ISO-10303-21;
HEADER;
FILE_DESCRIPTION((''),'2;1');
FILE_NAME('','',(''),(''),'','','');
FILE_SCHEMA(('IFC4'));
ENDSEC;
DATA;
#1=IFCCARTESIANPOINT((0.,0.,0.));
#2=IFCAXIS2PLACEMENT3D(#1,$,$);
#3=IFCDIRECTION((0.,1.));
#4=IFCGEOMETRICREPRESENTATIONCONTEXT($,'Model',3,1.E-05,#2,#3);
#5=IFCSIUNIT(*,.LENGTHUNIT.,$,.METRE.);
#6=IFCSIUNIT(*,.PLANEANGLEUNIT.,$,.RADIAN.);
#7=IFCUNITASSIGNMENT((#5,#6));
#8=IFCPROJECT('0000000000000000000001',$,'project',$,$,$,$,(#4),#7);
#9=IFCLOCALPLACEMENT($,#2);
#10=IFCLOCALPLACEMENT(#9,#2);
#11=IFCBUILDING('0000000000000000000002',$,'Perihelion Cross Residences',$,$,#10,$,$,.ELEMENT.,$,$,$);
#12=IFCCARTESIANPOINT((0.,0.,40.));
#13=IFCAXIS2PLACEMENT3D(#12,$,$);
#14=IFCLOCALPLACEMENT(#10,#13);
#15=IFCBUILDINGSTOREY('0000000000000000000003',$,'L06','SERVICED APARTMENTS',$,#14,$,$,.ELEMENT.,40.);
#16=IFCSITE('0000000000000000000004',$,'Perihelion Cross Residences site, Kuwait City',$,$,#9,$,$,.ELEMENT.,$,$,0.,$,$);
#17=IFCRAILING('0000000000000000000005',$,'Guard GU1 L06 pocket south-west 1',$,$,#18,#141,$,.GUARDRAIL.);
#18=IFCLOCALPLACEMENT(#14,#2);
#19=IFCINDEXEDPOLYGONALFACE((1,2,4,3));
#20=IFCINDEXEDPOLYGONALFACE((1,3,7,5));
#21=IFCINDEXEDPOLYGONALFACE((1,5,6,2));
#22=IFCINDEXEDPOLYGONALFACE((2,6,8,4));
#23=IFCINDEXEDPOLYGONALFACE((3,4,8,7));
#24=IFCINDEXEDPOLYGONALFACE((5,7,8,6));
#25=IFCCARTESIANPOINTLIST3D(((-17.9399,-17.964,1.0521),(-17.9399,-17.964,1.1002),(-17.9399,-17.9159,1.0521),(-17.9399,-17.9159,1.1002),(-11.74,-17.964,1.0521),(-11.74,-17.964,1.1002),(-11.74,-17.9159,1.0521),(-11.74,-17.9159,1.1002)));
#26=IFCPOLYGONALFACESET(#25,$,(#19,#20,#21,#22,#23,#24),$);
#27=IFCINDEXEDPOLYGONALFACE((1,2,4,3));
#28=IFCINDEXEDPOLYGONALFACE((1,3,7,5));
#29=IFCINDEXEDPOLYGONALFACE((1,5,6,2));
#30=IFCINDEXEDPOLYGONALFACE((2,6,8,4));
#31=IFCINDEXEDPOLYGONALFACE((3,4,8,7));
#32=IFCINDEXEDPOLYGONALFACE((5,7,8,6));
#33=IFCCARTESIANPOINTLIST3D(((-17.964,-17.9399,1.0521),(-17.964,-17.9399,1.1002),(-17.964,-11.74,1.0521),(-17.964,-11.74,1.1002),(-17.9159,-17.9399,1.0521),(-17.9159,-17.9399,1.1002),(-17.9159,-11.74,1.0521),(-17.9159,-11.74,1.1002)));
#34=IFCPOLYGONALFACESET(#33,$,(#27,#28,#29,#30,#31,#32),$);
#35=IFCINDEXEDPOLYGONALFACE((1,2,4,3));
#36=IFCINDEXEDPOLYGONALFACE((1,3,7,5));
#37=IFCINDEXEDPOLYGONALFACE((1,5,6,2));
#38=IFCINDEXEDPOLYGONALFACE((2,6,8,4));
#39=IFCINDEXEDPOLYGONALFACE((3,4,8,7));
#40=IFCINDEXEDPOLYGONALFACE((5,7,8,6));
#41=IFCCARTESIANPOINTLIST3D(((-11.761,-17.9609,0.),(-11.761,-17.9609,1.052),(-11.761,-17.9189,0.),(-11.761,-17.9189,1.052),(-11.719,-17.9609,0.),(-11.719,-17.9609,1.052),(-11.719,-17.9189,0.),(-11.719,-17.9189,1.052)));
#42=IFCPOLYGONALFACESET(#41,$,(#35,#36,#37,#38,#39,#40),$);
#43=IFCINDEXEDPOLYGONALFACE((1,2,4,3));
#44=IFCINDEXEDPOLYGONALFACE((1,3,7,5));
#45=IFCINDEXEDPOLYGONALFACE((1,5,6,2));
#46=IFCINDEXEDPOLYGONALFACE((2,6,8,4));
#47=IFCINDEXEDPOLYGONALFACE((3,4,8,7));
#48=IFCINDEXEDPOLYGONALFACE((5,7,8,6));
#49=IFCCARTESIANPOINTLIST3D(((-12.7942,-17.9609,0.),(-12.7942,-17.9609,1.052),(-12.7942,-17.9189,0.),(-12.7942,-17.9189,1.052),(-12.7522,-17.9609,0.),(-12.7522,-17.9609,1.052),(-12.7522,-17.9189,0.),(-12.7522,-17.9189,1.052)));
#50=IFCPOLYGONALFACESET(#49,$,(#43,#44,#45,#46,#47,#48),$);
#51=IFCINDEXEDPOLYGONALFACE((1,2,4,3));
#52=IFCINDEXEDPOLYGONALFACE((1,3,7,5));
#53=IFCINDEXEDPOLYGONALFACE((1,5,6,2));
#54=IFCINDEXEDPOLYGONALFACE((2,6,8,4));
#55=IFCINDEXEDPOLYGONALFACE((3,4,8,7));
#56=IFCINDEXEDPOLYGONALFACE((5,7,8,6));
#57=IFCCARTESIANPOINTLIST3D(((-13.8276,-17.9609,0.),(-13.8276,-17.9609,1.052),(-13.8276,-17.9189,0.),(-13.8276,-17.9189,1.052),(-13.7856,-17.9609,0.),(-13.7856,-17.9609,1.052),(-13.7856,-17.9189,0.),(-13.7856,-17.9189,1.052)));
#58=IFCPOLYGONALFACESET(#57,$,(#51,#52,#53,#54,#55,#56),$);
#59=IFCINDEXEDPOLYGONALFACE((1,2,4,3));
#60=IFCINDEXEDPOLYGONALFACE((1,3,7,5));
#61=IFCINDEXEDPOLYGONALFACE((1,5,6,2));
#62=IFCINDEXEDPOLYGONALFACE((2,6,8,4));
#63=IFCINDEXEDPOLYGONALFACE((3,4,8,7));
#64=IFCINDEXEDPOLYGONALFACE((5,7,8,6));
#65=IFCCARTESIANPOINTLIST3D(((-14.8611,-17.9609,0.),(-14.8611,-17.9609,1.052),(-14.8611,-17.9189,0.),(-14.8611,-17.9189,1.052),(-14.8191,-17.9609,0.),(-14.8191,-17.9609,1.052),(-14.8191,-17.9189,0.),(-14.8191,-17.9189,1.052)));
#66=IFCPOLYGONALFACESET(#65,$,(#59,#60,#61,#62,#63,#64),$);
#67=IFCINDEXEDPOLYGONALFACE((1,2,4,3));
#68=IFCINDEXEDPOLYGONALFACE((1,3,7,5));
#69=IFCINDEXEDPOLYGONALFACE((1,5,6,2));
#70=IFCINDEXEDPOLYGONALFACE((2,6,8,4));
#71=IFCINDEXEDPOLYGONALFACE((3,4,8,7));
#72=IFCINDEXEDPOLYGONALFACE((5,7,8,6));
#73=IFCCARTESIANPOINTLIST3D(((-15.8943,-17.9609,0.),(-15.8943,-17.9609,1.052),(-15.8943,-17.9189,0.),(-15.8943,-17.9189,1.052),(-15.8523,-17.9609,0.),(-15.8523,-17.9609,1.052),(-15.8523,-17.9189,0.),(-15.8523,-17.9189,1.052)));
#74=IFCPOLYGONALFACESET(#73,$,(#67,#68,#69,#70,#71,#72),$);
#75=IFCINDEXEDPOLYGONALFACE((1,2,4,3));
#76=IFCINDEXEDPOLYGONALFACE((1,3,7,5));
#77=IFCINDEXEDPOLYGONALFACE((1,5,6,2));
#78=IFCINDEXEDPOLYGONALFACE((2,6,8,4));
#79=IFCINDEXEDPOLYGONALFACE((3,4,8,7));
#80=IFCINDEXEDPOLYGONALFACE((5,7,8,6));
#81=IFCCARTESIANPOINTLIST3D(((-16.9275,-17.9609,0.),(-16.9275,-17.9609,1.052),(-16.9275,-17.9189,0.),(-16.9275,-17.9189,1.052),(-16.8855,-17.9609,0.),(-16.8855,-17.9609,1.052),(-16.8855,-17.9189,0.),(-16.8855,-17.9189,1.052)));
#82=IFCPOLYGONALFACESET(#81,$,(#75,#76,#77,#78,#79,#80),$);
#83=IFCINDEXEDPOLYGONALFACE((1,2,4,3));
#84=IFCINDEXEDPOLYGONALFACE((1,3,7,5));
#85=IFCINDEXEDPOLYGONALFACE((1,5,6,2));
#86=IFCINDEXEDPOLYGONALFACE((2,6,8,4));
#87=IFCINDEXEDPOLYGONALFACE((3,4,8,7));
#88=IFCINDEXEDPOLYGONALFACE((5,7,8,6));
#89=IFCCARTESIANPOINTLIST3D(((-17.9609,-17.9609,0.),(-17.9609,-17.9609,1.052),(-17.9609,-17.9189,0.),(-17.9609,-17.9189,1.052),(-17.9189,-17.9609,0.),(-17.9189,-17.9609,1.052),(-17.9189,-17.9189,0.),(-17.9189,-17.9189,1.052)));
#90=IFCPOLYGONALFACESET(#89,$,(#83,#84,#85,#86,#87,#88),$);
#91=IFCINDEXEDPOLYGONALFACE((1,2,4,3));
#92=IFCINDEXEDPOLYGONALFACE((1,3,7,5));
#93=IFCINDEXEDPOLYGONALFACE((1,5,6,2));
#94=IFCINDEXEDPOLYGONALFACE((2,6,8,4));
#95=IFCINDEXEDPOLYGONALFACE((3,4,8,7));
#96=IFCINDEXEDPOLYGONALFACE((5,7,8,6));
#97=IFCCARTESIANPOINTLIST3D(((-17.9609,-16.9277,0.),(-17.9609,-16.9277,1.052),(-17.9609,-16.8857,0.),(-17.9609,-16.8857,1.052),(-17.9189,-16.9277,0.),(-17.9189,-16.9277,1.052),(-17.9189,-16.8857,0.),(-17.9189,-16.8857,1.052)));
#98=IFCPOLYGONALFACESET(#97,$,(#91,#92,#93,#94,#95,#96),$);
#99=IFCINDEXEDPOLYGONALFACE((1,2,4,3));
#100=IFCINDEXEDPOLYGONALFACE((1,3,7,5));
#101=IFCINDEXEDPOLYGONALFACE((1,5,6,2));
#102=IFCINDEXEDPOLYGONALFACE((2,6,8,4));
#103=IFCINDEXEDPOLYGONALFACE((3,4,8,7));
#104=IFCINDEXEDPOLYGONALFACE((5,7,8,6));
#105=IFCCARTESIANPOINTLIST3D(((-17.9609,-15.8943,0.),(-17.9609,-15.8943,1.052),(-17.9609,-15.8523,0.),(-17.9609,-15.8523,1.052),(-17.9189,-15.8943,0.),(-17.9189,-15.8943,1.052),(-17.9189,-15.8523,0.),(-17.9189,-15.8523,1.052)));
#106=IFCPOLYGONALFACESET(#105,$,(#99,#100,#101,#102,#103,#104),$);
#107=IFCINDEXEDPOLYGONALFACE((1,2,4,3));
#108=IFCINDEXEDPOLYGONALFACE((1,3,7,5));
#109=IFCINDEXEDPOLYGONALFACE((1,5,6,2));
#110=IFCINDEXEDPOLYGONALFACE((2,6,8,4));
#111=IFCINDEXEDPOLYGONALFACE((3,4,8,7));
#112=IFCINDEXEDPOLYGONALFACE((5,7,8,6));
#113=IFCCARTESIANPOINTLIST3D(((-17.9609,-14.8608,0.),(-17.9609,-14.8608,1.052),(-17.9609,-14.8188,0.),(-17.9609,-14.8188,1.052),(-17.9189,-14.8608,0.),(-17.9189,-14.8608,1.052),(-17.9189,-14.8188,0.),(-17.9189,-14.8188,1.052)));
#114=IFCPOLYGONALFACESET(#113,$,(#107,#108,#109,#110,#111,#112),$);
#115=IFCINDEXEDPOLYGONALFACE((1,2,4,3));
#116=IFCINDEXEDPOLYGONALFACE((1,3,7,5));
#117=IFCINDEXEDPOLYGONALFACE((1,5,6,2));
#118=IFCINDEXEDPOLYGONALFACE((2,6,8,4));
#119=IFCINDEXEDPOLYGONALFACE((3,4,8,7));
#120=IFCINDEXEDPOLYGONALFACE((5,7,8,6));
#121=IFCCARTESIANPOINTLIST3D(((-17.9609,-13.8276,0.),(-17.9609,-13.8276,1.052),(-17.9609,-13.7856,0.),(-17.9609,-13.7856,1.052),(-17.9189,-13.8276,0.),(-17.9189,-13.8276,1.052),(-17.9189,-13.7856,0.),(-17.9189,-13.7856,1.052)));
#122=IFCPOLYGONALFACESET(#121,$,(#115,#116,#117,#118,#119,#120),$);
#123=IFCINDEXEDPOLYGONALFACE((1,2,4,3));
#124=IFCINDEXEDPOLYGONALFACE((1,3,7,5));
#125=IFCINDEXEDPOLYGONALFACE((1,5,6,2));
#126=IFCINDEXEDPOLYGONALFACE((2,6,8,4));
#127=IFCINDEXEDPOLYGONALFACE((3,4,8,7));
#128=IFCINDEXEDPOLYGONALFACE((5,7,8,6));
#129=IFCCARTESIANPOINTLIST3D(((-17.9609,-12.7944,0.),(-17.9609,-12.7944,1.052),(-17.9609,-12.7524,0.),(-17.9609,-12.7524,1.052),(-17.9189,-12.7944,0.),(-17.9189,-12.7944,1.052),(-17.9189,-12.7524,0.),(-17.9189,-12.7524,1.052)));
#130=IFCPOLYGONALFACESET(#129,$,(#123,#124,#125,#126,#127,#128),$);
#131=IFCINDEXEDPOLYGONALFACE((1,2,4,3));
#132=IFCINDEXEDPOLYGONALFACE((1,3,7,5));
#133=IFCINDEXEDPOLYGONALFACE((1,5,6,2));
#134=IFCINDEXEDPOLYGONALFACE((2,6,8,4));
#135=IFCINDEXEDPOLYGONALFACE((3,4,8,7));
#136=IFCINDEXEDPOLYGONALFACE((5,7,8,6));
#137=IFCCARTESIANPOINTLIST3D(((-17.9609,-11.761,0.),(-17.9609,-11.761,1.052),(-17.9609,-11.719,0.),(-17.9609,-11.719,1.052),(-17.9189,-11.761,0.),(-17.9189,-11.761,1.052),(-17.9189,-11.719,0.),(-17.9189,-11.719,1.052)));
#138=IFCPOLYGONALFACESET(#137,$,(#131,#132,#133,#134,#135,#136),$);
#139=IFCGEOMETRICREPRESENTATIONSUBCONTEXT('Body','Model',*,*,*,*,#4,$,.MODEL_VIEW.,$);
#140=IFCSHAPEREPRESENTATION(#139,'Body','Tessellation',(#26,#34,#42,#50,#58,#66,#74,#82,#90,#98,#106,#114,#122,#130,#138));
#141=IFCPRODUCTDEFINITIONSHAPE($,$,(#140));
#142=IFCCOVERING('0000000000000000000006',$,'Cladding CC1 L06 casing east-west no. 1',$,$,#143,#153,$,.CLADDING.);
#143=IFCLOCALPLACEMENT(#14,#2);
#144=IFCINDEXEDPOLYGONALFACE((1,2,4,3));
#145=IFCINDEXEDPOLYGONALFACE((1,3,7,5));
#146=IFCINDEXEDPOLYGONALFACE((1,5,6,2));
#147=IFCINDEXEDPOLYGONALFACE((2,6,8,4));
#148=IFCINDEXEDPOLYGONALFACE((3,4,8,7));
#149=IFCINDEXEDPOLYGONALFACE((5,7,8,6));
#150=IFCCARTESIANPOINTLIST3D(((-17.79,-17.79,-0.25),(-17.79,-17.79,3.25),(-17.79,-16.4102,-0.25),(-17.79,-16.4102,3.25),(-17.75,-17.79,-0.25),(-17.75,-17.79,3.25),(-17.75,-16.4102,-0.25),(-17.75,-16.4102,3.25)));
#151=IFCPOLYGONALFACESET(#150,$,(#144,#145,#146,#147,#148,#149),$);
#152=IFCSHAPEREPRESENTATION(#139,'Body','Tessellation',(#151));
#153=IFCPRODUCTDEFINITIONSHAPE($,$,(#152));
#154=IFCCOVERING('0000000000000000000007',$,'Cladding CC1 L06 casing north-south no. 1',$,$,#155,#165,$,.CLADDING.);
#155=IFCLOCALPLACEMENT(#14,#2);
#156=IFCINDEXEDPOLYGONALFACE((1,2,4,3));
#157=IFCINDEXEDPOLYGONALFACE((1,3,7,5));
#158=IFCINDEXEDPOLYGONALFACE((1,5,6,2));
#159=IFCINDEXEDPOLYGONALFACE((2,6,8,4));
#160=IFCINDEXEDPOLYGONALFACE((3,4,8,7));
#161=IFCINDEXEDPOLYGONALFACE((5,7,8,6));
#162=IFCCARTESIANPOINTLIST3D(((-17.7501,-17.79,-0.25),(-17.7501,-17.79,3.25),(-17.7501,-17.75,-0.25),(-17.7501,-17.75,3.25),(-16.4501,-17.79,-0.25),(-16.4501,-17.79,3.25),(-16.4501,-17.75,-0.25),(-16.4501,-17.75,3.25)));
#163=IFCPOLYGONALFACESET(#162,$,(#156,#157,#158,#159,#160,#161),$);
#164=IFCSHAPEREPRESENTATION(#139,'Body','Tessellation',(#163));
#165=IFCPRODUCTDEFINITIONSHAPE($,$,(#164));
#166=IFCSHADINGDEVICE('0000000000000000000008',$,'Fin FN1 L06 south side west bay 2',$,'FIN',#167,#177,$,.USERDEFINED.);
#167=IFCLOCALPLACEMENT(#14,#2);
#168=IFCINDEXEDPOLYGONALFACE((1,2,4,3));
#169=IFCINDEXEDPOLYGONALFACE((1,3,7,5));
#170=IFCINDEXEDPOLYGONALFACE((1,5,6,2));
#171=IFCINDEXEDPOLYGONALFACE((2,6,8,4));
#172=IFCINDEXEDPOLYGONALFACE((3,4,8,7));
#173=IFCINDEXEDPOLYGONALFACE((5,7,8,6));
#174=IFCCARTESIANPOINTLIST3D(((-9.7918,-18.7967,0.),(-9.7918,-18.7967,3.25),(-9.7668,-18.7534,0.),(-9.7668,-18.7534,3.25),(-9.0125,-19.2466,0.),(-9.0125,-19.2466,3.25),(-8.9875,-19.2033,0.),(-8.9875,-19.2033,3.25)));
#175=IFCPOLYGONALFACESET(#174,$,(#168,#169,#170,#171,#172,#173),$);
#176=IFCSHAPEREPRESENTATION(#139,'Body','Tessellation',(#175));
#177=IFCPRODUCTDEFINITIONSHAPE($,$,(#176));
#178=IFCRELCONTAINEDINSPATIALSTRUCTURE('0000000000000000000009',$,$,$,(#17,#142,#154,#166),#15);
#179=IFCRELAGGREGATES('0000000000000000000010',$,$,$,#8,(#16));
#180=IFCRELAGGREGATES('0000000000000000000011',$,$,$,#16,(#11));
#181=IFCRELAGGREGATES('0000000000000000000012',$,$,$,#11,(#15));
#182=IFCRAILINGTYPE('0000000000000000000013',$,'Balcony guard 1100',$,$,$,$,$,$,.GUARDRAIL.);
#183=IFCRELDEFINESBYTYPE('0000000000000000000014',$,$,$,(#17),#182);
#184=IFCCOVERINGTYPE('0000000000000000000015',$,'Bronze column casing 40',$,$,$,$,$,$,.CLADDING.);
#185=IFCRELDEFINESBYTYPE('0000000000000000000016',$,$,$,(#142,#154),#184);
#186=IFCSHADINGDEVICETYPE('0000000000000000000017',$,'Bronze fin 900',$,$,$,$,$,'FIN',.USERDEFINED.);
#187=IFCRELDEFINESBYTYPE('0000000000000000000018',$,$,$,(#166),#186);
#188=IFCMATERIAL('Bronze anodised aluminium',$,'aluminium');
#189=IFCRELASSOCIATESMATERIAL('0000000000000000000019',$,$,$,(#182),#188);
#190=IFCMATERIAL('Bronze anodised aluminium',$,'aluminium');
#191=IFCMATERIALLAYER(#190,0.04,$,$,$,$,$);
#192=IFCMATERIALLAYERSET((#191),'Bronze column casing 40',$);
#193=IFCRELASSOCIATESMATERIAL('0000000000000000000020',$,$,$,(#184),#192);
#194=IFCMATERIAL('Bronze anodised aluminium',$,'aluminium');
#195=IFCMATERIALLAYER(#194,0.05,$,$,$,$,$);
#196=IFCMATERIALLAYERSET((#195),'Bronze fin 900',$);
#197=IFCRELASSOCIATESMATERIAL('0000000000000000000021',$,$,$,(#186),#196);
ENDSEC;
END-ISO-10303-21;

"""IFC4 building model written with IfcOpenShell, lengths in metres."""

from ifc_helpers import new_model, si_unit, direction, frame, origin, origin_2d, place, context, subcontext, project, spatial, rectangle, extrude, material, layer, layer_set, type_object, element, save


model = new_model("IFC4")

# Units and contexts
model_context = context("Model", 3, precision=1e-05, world=origin(), true_north=direction((0.0, 1.0)))
body_context = subcontext(model_context, "Body", "Model", "MODEL_VIEW")
ifc_project = project(units=[si_unit("LENGTHUNIT", "METRE"), si_unit("PLANEANGLEUNIT", "RADIAN")], contexts=[model_context])

# Site, building, storey
site_placement = place(None, origin())
site = spatial("IfcSite", under=ifc_project, at=site_placement, Name="Perihelion Cross Residences site, Kuwait City", CompositionType="ELEMENT", RefElevation=0.0)
building_placement = place(site_placement, origin())
building = spatial("IfcBuilding", under=site, at=building_placement, Name="Perihelion Cross Residences", CompositionType="ELEMENT")
storey_placement = place(building_placement, frame((0.0, 0.0, 40.0)))
storey = spatial("IfcBuildingStorey", under=building, at=storey_placement, Name="L06", Description="SERVICED APARTMENTS", CompositionType="ELEMENT", Elevation=40.0)

# Railing
ifc_material_1 = material(Name="Bronze anodised aluminium", Category="aluminium")
railing_type = type_object("IfcRailingType", Name="Balcony guard 1100", PredefinedType="GUARDRAIL", material=ifc_material_1)
railing_1_placement = place(storey_placement, frame((-11.74, -17.9399, 0.0)))
element("IfcRailing", 1, at=railing_1_placement, inside=storey, type_object=railing_type, Name="Guard GU1 L06 pocket south-west 1", PredefinedType="GUARDRAIL", context=body_context, shape_type="SweptSolid", body=[
    extrude(rectangle(XDim=0.0481, YDim=0.0481, at=origin_2d()), frame((0.0, 0.0, 1.0762), z_axis=(-1.0, 0.0, 0.0), x_axis=(0.0, -1.0, 0.0)), (0.0, 0.0, 1.0), 6.2),
    extrude(rectangle(XDim=0.0481, YDim=0.0481, at=origin_2d()), frame((-6.2, 0.0, 1.0762), z_axis=(0.0, 1.0, 0.0), x_axis=(-1.0, 0.0, 0.0)), (0.0, 0.0, 1.0), 6.2),
    extrude(rectangle(XDim=0.042, YDim=0.042, at=origin_2d()), origin(), (0.0, 0.0, 1.0), 1.052),
    extrude(rectangle(XDim=0.042, YDim=0.042, at=origin_2d()), frame((-1.0332, 0.0, 0.0)), (0.0, 0.0, 1.0), 1.052),
    extrude(rectangle(XDim=0.042, YDim=0.042, at=origin_2d()), frame((-2.0667, 0.0, 0.0)), (0.0, 0.0, 1.0), 1.052),
    extrude(rectangle(XDim=0.042, YDim=0.042, at=origin_2d()), frame((-3.1001, 0.0, 0.0)), (0.0, 0.0, 1.0), 1.052),
    extrude(rectangle(XDim=0.042, YDim=0.042, at=origin_2d()), frame((-4.1333, 0.0, 0.0)), (0.0, 0.0, 1.0), 1.052),
    extrude(rectangle(XDim=0.042, YDim=0.042, at=origin_2d()), frame((-5.1665, 0.0, 0.0)), (0.0, 0.0, 1.0), 1.052),
    extrude(rectangle(XDim=0.042, YDim=0.042, at=origin_2d()), frame((-6.2, 0.0, 0.0)), (0.0, 0.0, 1.0), 1.052),
    extrude(rectangle(XDim=0.042, YDim=0.042, at=origin_2d()), frame((-6.2, 1.0332, 0.0)), (0.0, 0.0, 1.0), 1.052),
    extrude(rectangle(XDim=0.042, YDim=0.042, at=origin_2d()), frame((-6.2, 2.0667, 0.0)), (0.0, 0.0, 1.0), 1.052),
    extrude(rectangle(XDim=0.042, YDim=0.042, at=origin_2d()), frame((-6.2, 3.1001, 0.0)), (0.0, 0.0, 1.0), 1.052),
    extrude(rectangle(XDim=0.042, YDim=0.042, at=origin_2d()), frame((-6.2, 4.1333, 0.0)), (0.0, 0.0, 1.0), 1.052),
    extrude(rectangle(XDim=0.042, YDim=0.042, at=origin_2d()), frame((-6.2, 5.1665, 0.0)), (0.0, 0.0, 1.0), 1.052),
    extrude(rectangle(XDim=0.042, YDim=0.042, at=origin_2d()), frame((-6.2, 6.2, 0.0)), (0.0, 0.0, 1.0), 1.052),
])

# Coverings
ifc_material_2 = material(Name="Bronze anodised aluminium", Category="aluminium")
ifc_layer_1 = layer(ifc_material_2, 0.04)
ifc_layer_set_1 = layer_set([ifc_layer_1], Name="Bronze column casing 40")
covering_type = type_object("IfcCoveringType", Name="Bronze column casing 40", PredefinedType="CLADDING", material=ifc_layer_set_1)
covering_1_placement = place(storey_placement, frame((-17.77, -17.1001, -0.25), z_axis=(0.0, 0.0, 1.0), x_axis=(1.0, 0.0, 0.0)))
element("IfcCovering", 2, at=covering_1_placement, inside=storey, type_object=covering_type, Name="Cladding CC1 L06 casing east-west no. 1", PredefinedType="CLADDING", context=body_context, shape_type="SweptSolid", body=[
    extrude(rectangle(XDim=0.04, YDim=1.3799, at=origin_2d()), origin(), (0.0, 0.0, 1.0), 3.5),
])
covering_2_placement = place(storey_placement, frame((-17.1001, -17.77, -0.25), z_axis=(0.0, 0.0, 1.0), x_axis=(1.0, 0.0, 0.0)))
element("IfcCovering", 3, at=covering_2_placement, inside=storey, type_object=covering_type, Name="Cladding CC1 L06 casing north-south no. 1", PredefinedType="CLADDING", context=body_context, shape_type="SweptSolid", body=[
    extrude(rectangle(XDim=1.3, YDim=0.04, at=origin_2d()), origin(), (0.0, 0.0, 1.0), 3.5),
])

# Shading device
ifc_material_3 = material(Name="Bronze anodised aluminium", Category="aluminium")
ifc_layer_2 = layer(ifc_material_3, 0.05)
ifc_layer_set_2 = layer_set([ifc_layer_2], Name="Bronze fin 900")
shading_device_type = type_object("IfcShadingDeviceType", Name="Bronze fin 900", ElementType="FIN", PredefinedType="USERDEFINED", material=ifc_layer_set_2)
shading_device_placement = place(storey_placement, frame((-9.3896, -19.0, 0.0), z_axis=(0.0, 0.0, 1.0), x_axis=(-0.866025, 0.5, 0.0)))
element("IfcShadingDevice", 4, at=shading_device_placement, inside=storey, type_object=shading_device_type, Name="Fin FN1 L06 south side west bay 2", ObjectType="FIN", PredefinedType="USERDEFINED", context=body_context, shape_type="SweptSolid", body=[
    extrude(rectangle(XDim=0.8999, YDim=0.05, at=origin_2d()), origin(), (0.0, 0.0, 1.0), 3.25),
])

save(model, "model.ifc")
